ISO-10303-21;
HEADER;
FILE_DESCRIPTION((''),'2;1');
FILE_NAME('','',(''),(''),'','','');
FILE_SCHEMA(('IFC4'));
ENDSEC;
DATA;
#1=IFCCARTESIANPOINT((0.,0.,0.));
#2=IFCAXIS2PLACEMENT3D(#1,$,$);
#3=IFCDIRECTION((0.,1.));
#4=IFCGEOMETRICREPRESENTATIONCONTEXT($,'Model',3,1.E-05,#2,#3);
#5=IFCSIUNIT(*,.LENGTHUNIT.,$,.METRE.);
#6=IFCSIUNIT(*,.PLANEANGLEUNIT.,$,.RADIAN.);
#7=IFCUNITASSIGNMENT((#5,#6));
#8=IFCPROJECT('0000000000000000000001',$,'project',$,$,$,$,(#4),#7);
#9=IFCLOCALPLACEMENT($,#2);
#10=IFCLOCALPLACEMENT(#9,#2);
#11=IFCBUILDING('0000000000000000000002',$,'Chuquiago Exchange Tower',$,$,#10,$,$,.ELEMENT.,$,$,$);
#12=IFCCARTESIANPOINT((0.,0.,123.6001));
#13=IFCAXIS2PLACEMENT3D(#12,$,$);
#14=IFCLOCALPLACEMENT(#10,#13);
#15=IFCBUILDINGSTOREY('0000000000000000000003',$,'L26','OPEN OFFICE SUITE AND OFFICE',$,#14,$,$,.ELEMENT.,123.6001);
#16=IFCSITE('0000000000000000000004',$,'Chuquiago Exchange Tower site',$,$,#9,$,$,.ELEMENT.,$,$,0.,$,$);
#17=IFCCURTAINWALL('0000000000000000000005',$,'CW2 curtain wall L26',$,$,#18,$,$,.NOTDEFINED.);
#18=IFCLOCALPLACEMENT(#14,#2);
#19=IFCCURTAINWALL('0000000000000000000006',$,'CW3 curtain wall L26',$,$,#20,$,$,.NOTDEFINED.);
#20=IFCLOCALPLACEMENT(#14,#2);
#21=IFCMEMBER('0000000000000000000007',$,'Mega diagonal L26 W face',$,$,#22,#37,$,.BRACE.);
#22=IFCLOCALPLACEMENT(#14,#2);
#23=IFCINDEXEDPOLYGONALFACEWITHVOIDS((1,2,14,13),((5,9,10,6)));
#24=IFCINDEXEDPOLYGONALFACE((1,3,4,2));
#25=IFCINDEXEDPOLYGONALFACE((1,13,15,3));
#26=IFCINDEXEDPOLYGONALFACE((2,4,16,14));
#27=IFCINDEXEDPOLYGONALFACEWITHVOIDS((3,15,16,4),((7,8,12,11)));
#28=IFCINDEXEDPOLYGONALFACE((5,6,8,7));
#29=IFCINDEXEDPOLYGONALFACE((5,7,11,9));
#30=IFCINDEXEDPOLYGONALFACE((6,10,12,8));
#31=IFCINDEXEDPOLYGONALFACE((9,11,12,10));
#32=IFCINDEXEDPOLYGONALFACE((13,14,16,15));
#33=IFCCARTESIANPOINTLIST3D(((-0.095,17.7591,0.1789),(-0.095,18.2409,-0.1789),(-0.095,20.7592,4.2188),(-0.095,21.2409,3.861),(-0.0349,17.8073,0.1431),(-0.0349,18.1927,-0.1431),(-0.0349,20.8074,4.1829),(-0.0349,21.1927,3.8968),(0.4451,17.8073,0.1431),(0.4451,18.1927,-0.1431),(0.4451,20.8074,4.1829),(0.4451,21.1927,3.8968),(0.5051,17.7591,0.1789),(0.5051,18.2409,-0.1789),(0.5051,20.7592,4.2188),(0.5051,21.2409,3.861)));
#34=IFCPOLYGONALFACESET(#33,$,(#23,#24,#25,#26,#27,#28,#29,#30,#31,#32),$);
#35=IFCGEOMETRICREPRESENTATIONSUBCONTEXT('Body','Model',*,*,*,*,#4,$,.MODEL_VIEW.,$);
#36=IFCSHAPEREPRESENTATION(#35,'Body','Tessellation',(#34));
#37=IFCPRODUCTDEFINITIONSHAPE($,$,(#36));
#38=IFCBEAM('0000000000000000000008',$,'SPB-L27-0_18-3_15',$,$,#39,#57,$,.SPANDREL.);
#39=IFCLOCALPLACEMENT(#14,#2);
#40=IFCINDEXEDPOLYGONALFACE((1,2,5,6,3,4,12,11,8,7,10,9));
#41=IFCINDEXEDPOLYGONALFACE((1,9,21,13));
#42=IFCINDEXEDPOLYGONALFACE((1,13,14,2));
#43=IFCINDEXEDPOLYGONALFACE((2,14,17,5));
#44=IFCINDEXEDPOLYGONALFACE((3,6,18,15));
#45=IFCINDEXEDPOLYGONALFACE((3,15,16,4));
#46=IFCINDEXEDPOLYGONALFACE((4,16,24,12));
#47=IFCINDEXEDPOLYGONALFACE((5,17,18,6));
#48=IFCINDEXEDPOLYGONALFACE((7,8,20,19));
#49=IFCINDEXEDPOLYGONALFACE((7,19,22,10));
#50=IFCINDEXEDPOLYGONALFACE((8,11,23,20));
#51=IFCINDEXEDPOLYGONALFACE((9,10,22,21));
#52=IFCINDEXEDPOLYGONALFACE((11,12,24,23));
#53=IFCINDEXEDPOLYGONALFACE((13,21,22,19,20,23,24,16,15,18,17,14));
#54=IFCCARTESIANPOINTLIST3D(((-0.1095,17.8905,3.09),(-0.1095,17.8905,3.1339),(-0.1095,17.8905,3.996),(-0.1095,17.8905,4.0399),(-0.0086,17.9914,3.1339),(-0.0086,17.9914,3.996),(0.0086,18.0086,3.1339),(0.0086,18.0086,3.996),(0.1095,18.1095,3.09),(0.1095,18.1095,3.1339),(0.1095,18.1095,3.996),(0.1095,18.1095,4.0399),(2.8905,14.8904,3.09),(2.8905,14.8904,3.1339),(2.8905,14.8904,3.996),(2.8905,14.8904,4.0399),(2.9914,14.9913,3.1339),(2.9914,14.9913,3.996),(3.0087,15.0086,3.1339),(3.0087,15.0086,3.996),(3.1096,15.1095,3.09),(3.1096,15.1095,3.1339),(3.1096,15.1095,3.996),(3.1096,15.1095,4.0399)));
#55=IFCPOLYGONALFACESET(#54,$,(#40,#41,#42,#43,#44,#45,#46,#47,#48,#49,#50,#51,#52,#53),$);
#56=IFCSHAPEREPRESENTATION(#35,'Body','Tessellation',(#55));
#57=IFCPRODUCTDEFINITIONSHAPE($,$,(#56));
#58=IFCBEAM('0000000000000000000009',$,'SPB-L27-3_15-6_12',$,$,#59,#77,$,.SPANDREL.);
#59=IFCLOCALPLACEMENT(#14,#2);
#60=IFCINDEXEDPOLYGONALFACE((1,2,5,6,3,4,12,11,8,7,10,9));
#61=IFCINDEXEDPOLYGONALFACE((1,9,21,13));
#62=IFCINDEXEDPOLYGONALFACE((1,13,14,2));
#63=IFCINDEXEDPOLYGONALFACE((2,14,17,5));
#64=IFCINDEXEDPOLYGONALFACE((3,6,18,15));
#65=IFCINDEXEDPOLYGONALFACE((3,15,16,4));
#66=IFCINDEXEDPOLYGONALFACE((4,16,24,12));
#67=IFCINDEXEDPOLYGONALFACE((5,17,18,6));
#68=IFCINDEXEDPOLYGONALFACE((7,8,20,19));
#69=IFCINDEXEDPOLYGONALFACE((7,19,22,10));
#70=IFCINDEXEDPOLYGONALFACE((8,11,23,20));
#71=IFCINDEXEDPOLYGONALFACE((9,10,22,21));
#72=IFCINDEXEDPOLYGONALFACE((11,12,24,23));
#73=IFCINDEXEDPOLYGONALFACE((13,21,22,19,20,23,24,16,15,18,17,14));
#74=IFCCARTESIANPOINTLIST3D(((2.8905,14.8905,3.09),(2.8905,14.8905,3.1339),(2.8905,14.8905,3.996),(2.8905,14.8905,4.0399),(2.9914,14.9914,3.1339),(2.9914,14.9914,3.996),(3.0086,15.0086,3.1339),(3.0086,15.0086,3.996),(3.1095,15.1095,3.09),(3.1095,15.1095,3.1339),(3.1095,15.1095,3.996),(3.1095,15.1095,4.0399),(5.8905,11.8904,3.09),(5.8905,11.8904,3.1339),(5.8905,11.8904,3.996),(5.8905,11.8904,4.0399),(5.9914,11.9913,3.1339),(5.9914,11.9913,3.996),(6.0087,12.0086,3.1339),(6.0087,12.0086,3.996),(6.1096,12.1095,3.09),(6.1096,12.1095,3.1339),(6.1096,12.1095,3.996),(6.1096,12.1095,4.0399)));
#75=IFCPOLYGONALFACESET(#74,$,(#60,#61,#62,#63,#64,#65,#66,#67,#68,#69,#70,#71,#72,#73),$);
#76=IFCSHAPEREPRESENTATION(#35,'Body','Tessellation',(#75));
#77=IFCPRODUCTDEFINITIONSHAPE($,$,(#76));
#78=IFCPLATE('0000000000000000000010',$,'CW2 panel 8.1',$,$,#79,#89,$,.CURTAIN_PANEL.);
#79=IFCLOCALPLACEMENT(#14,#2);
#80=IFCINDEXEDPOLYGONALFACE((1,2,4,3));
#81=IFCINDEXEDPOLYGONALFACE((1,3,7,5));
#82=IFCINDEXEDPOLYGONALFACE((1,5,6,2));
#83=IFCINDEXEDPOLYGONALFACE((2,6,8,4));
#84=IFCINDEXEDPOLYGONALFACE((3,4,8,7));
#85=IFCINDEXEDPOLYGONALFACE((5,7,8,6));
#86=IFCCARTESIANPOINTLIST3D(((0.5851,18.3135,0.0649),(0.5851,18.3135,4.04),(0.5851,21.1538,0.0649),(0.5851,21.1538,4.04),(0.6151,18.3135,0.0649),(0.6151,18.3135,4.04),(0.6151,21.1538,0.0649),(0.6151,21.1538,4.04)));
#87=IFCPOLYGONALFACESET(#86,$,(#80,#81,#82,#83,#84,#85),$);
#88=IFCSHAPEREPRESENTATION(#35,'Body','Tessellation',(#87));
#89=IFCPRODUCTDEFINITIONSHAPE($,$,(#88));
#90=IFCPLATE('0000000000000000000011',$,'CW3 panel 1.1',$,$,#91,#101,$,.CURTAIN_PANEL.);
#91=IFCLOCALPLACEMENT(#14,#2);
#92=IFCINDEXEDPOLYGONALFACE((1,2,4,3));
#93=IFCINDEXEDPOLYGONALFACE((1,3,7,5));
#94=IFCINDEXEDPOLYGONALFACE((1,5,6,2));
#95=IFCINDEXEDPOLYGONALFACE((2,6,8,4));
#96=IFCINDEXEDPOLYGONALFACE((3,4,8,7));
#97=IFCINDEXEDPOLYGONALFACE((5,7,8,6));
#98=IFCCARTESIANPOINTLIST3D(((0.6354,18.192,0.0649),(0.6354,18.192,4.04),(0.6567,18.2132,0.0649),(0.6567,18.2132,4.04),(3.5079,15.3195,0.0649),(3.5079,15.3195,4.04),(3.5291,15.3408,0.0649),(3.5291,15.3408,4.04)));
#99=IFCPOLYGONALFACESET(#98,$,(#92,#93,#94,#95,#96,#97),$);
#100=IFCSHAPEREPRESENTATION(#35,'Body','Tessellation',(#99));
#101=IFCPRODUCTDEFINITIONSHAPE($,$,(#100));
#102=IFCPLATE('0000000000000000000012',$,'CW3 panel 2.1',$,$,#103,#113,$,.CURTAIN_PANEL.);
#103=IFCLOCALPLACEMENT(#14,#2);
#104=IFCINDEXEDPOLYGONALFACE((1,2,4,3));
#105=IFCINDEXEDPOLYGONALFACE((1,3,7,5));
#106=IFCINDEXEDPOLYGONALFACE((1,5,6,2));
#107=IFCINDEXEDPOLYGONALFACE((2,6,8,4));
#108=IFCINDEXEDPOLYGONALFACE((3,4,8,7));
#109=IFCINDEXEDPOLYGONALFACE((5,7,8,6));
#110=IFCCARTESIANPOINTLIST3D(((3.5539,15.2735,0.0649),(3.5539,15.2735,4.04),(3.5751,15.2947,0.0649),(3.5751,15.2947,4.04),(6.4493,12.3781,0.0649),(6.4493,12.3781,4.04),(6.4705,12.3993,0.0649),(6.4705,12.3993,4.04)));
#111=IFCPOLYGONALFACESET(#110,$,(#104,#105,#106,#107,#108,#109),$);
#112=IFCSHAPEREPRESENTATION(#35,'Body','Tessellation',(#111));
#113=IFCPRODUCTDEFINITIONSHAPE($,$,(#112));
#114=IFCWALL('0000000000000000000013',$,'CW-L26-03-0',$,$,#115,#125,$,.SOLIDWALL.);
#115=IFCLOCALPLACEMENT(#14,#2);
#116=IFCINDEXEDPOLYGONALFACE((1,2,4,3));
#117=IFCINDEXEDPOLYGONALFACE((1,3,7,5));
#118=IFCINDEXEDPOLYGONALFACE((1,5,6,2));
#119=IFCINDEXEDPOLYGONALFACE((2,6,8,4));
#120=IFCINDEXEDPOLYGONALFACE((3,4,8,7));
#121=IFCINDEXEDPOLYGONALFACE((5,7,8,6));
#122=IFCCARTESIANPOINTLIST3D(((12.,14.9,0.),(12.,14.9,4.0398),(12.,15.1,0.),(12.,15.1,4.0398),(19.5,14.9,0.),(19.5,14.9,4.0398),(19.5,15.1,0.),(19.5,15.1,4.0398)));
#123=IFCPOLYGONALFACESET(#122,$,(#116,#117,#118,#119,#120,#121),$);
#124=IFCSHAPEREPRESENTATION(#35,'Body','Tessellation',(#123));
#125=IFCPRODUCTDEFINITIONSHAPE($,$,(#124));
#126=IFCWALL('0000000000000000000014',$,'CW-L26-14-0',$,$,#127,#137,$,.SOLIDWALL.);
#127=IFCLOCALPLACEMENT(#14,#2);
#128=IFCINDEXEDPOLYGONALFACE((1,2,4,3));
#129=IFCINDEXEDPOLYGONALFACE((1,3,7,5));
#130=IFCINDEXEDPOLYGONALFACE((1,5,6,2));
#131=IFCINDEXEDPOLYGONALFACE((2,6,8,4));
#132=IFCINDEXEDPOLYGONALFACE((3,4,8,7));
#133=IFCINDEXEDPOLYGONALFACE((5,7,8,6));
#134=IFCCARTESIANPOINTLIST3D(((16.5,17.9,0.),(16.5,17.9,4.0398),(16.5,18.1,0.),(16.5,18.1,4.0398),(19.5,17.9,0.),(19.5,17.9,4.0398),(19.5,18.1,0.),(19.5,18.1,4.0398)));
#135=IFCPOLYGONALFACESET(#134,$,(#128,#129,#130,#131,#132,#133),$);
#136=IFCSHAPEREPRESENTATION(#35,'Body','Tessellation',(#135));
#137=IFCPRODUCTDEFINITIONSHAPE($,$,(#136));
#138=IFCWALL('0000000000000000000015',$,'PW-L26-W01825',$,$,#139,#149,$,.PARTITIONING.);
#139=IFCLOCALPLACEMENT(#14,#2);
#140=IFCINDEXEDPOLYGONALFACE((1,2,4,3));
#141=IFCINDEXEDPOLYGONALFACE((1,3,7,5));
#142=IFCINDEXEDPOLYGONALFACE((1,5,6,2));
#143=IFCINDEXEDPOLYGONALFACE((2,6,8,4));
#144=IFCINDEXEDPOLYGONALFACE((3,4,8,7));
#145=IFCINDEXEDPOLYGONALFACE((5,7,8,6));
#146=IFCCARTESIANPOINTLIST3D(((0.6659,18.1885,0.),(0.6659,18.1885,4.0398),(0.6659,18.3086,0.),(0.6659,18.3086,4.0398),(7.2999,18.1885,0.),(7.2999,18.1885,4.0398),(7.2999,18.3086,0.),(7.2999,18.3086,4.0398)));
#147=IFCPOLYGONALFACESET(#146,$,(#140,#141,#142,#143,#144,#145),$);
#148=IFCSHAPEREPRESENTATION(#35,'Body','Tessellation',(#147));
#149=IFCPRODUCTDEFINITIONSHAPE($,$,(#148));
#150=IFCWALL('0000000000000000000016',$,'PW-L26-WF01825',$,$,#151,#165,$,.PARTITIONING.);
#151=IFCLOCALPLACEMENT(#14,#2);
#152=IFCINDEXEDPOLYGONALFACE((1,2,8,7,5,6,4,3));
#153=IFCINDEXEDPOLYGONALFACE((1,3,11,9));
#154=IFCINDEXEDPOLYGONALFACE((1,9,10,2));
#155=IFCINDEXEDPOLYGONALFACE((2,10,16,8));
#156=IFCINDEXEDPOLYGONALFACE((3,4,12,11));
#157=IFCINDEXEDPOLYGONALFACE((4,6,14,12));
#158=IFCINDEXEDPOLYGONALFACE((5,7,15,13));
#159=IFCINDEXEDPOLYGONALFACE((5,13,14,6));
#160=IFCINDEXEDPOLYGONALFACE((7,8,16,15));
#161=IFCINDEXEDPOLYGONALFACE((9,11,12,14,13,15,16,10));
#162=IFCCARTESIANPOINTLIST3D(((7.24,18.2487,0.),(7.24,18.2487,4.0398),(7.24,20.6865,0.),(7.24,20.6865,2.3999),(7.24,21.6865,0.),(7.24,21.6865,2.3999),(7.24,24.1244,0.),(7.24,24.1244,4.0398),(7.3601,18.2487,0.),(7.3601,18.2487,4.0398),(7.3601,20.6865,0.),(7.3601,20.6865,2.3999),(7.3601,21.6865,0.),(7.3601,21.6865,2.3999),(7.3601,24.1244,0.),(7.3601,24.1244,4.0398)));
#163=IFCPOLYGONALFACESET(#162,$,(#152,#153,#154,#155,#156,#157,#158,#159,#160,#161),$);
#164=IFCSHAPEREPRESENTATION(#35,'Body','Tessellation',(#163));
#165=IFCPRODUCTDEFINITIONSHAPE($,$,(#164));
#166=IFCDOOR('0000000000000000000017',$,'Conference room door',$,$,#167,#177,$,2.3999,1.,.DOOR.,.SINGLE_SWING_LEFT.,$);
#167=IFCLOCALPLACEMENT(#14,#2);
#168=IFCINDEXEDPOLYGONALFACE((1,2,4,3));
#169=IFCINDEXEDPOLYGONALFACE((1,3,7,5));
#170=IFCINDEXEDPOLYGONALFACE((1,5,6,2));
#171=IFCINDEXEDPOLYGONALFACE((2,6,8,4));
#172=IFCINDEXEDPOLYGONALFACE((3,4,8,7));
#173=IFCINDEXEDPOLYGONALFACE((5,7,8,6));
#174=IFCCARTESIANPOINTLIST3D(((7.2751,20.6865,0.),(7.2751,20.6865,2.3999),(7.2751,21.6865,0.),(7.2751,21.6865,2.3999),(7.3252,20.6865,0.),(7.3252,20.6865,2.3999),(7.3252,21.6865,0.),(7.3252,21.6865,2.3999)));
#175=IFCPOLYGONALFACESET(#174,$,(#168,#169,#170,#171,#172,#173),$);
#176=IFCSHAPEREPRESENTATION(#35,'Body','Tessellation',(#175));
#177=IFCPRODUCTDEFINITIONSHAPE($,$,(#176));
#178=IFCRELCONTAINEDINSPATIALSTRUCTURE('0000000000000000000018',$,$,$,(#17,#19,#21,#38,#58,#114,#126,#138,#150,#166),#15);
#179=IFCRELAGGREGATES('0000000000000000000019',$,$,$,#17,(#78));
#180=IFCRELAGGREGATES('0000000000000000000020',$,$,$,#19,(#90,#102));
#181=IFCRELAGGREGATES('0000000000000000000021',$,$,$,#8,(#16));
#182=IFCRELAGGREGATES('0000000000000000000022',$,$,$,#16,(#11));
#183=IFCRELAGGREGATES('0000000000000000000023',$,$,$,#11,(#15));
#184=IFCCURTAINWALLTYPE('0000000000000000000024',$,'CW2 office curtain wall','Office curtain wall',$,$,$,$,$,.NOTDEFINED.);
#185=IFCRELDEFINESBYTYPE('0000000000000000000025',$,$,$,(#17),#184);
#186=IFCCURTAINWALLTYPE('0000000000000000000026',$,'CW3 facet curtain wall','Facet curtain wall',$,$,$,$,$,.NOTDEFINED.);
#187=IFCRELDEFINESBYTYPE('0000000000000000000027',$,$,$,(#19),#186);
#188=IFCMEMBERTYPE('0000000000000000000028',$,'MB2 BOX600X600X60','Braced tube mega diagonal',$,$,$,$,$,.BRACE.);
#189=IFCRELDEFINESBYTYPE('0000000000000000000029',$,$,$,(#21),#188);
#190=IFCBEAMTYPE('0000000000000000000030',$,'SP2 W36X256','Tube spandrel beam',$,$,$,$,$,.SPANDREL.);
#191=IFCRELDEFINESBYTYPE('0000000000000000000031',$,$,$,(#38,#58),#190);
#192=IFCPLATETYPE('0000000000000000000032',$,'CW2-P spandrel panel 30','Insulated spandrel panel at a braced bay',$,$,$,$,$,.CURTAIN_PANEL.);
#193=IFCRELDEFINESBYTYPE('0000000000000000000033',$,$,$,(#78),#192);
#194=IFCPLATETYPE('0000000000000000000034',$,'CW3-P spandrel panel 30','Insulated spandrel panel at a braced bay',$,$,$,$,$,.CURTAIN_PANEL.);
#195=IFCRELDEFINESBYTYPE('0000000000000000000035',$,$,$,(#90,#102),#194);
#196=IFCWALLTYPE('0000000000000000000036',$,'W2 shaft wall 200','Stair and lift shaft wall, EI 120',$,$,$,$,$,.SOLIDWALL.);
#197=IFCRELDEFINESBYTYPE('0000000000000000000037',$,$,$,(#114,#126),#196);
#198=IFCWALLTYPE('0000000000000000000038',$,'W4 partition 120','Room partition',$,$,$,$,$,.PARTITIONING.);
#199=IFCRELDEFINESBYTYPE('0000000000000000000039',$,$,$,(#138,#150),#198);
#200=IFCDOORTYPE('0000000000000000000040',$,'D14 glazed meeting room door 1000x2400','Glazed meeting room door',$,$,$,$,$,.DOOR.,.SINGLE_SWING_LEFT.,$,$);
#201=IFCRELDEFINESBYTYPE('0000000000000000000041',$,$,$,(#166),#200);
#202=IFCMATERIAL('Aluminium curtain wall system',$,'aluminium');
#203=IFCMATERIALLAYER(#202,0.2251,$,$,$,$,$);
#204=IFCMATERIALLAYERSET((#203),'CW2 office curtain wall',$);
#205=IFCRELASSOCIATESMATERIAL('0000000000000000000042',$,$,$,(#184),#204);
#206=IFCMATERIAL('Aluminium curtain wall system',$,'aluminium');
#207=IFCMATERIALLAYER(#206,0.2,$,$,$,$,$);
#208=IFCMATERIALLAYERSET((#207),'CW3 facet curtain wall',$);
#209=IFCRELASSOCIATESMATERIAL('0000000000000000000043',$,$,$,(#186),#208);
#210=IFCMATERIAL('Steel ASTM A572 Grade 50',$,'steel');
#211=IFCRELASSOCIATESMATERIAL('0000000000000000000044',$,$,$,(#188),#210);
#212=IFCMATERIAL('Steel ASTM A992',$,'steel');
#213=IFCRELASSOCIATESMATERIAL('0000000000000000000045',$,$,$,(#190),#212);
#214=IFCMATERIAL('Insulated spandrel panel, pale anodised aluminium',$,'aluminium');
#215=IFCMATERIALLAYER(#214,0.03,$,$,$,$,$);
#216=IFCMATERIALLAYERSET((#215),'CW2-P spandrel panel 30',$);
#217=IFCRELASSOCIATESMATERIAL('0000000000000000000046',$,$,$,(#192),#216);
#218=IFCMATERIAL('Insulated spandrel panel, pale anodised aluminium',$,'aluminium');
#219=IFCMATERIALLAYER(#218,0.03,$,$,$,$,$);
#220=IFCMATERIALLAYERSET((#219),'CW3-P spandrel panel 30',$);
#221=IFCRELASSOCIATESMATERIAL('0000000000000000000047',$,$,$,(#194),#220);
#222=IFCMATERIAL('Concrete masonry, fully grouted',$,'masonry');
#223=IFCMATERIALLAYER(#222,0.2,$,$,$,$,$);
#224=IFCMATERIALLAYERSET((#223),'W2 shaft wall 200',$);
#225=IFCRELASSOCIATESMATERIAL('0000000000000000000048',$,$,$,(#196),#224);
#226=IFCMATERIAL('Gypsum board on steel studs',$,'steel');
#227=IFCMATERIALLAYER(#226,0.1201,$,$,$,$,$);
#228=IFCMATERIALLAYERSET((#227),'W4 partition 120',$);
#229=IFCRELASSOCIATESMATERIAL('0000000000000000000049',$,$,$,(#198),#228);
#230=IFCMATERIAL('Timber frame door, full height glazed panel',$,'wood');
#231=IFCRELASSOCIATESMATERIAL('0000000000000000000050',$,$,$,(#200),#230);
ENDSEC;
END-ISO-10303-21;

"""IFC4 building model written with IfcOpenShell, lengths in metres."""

from ifc_helpers import new_model, si_unit, direction, frame, frame_2d, origin, origin_2d, place, context, subcontext, project, spatial, rectangle, hollow_rectangle, i_section, extrude, material, layer, layer_set, material_profile, profile_set, type_object, element, fill, aggregate, save


model = new_model("IFC4")

# Units and contexts
model_context = context("Model", 3, precision=1e-05, world=origin(), true_north=direction((0.0, 1.0)))
body_context = subcontext(model_context, "Body", "Model", "MODEL_VIEW")
ifc_project = project(units=[si_unit("LENGTHUNIT", "METRE"), si_unit("PLANEANGLEUNIT", "RADIAN")], contexts=[model_context])

# Site, building, storey
site_placement = place(None, origin())
site = spatial("IfcSite", under=ifc_project, at=site_placement, Name="Chuquiago Exchange Tower site", CompositionType="ELEMENT", RefElevation=0.0)
building_placement = place(site_placement, origin())
building = spatial("IfcBuilding", under=site, at=building_placement, Name="Chuquiago Exchange Tower", CompositionType="ELEMENT")
storey_placement = place(building_placement, frame((0.0, 0.0, 123.6001)))
storey = spatial("IfcBuildingStorey", under=building, at=storey_placement, Name="L26", Description="OPEN OFFICE SUITE AND OFFICE", CompositionType="ELEMENT", Elevation=123.6001)

# Curtain wall
ifc_material_1 = material(Name="Aluminium curtain wall system", Category="aluminium")
ifc_layer_1 = layer(ifc_material_1, 0.2251)
ifc_layer_set_1 = layer_set([ifc_layer_1], Name="CW2 office curtain wall")
curtain_wall_type_1 = type_object("IfcCurtainWallType", Name="CW2 office curtain wall", Description="Office curtain wall", PredefinedType="NOTDEFINED", material=ifc_layer_set_1)
curtain_wall_1_placement = place(storey_placement, origin())
curtain_wall_1 = element("IfcCurtainWall", 1, at=curtain_wall_1_placement, inside=storey, type_object=curtain_wall_type_1, Name="CW2 curtain wall L26", PredefinedType="NOTDEFINED")

# Curtain wall
ifc_material_2 = material(Name="Aluminium curtain wall system", Category="aluminium")
ifc_layer_2 = layer(ifc_material_2, 0.2)
ifc_layer_set_2 = layer_set([ifc_layer_2], Name="CW3 facet curtain wall")
curtain_wall_type_2 = type_object("IfcCurtainWallType", Name="CW3 facet curtain wall", Description="Facet curtain wall", PredefinedType="NOTDEFINED", material=ifc_layer_set_2)
curtain_wall_2_placement = place(storey_placement, origin())
curtain_wall_2 = element("IfcCurtainWall", 2, at=curtain_wall_2_placement, inside=storey, type_object=curtain_wall_type_2, Name="CW3 curtain wall L26", PredefinedType="NOTDEFINED")

# Member
ifc_material_3 = material(Name="Steel ASTM A572 Grade 50", Category="steel")
ifc_material_profile_1 = material_profile(ifc_material_3, hollow_rectangle(XDim=0.6001, YDim=0.6001, WallThickness=0.0601, at=origin_2d()), Name="BOX600X600X60")
ifc_profile_set_1 = profile_set([ifc_material_profile_1], Name="Steel ASTM A572 Grade 50")
member_type_1 = type_object("IfcMemberType", Name="MB2 BOX600X600X60", Description="Braced tube mega diagonal", PredefinedType="BRACE", material=ifc_profile_set_1)
member_1_placement = place(storey_placement, frame((0.2051, 18.0, 0.0), z_axis=(0.0, 0.596197, 0.802838), x_axis=(-1.0, 0.0, 0.0)))
element("IfcMember", 3, at=member_1_placement, inside=storey, type_object=member_type_1, Name="Mega diagonal L26 W face", PredefinedType="BRACE", context=body_context, shape_type="SweptSolid", body=[
    extrude(hollow_rectangle(XDim=0.6001, YDim=0.6001, WallThickness=0.0601, at=origin_2d()), origin(), (0.0, 0.0, 1.0), 5.032),
])

# Beams
ifc_material_4 = material(Name="Steel ASTM A992", Category="steel")
ifc_material_profile_2 = material_profile(ifc_material_4, i_section(OverallWidth=0.3098, OverallDepth=0.95, WebThickness=0.0244, FlangeThickness=0.0439, at=origin_2d()), Name="W36X256")
ifc_profile_set_2 = profile_set([ifc_material_profile_2], Name="Steel ASTM A992")
beam_type_1 = type_object("IfcBeamType", Name="SP2 W36X256", Description="Tube spandrel beam", PredefinedType="SPANDREL", material=ifc_profile_set_2)
for number, where, z_axis, x_axis, name in (
    (4, (0.0, 18.0, 3.5649), (0.707107, -0.707107, 0.0), (0.707107, 0.707107, 0.0), "SPB-L27-0_18-3_15"),
    (5, (3.0, 15.0, 3.5649), (0.707107, -0.707107, 0.0), (0.707107, 0.707107, 0.0), "SPB-L27-3_15-6_12"),
):
    element("IfcBeam", number, at=place(storey_placement, frame(where, z_axis=z_axis, x_axis=x_axis)), inside=storey, type_object=beam_type_1, Name=name, PredefinedType="SPANDREL", context=body_context, shape_type="SweptSolid", body=[
        extrude(i_section(OverallWidth=0.3098, OverallDepth=0.95, WebThickness=0.0244, FlangeThickness=0.0439, at=origin_2d()), origin(), (0.0, 0.0, 1.0), 4.2427),
    ])

# Plates
ifc_material_5 = material(Name="Insulated spandrel panel, pale anodised aluminium", Category="aluminium")
ifc_layer_3 = layer(ifc_material_5, 0.03)
ifc_layer_set_3 = layer_set([ifc_layer_3], Name="CW2-P spandrel panel 30")
plate_type_1 = type_object("IfcPlateType", Name="CW2-P spandrel panel 30", Description="Insulated spandrel panel at a braced bay", PredefinedType="CURTAIN_PANEL", material=ifc_layer_set_3)
plate_1_placement = place(storey_placement, frame((0.6001, 19.7336, 0.0649), z_axis=(0.0, 0.0, 1.0), x_axis=(0.0, -1.0, 0.0)))
plate_1 = element("IfcPlate", 6, at=plate_1_placement, type_object=plate_type_1, Name="CW2 panel 8.1", PredefinedType="CURTAIN_PANEL", context=body_context, shape_type="SweptSolid", body=[
    extrude(rectangle(XDim=2.8403, YDim=0.03, at=origin_2d()), origin(), (0.0, 0.0, 1.0), 3.9751),
])
aggregate(curtain_wall_1, [plate_1])
ifc_material_6 = material(Name="Insulated spandrel panel, pale anodised aluminium", Category="aluminium")
ifc_layer_4 = layer(ifc_material_6, 0.03)
ifc_layer_set_4 = layer_set([ifc_layer_4], Name="CW3-P spandrel panel 30")
plate_type_2 = type_object("IfcPlateType", Name="CW3-P spandrel panel 30", Description="Insulated spandrel panel at a braced bay", PredefinedType="CURTAIN_PANEL", material=ifc_layer_set_4)
plate_2_placement = place(storey_placement, frame((2.0823, 16.7664, 0.0649), z_axis=(0.0, 0.0, 1.0), x_axis=(0.707107, -0.707107, 0.0)))
plate_2 = element("IfcPlate", 7, at=plate_2_placement, type_object=plate_type_2, Name="CW3 panel 1.1", PredefinedType="CURTAIN_PANEL", context=body_context, shape_type="SweptSolid", body=[
    extrude(rectangle(XDim=4.0623, YDim=0.03, at=origin_2d()), origin(), (0.0, 0.0, 1.0), 3.9751),
])
plate_3_placement = place(storey_placement, frame((5.0122, 13.8364, 0.0649), z_axis=(0.0, 0.0, 1.0), x_axis=(0.707107, -0.707107, 0.0)))
plate_3 = element("IfcPlate", 8, at=plate_3_placement, type_object=plate_type_2, Name="CW3 panel 2.1", PredefinedType="CURTAIN_PANEL", context=body_context, shape_type="SweptSolid", body=[
    extrude(rectangle(XDim=4.0947, YDim=0.03, at=origin_2d()), origin(), (0.0, 0.0, 1.0), 3.9751),
])
aggregate(curtain_wall_2, [plate_2, plate_3])

# Walls
ifc_material_7 = material(Name="Concrete masonry, fully grouted", Category="masonry")
ifc_layer_5 = layer(ifc_material_7, 0.2)
ifc_layer_set_5 = layer_set([ifc_layer_5], Name="W2 shaft wall 200")
wall_type_1 = type_object("IfcWallType", Name="W2 shaft wall 200", Description="Stair and lift shaft wall, EI 120", PredefinedType="SOLIDWALL", material=ifc_layer_set_5)
wall_1_placement = place(storey_placement, frame((12.0, 15.0, 0.0), z_axis=(0.0, 0.0, 1.0), x_axis=(1.0, 0.0, 0.0)))
element("IfcWall", 9, at=wall_1_placement, inside=storey, type_object=wall_type_1, Name="CW-L26-03-0", PredefinedType="SOLIDWALL", context=body_context, shape_type="SweptSolid", body=[
    extrude(rectangle(XDim=7.5, YDim=0.2, at=frame_2d((3.75, 0.0))), origin(), (0.0, 0.0, 1.0), 4.0398),
])
wall_2_placement = place(storey_placement, frame((16.5, 18.0, 0.0), z_axis=(0.0, 0.0, 1.0), x_axis=(1.0, 0.0, 0.0)))
element("IfcWall", 10, at=wall_2_placement, inside=storey, type_object=wall_type_1, Name="CW-L26-14-0", PredefinedType="SOLIDWALL", context=body_context, shape_type="SweptSolid", body=[
    extrude(rectangle(XDim=3.0, YDim=0.2, at=frame_2d((1.5, 0.0))), origin(), (0.0, 0.0, 1.0), 4.0398),
])
ifc_material_8 = material(Name="Gypsum board on steel studs", Category="steel")
ifc_layer_6 = layer(ifc_material_8, 0.1201)
ifc_layer_set_6 = layer_set([ifc_layer_6], Name="W4 partition 120")
wall_type_2 = type_object("IfcWallType", Name="W4 partition 120", Description="Room partition", PredefinedType="PARTITIONING", material=ifc_layer_set_6)
wall_3_placement = place(storey_placement, frame((0.666, 18.2485, 0.0), z_axis=(0.0, 0.0, 1.0), x_axis=(1.0, 0.0, 0.0)))
element("IfcWall", 11, at=wall_3_placement, inside=storey, type_object=wall_type_2, Name="PW-L26-W01825", PredefinedType="PARTITIONING", context=body_context, shape_type="SweptSolid", body=[
    extrude(rectangle(XDim=6.634, YDim=0.1201, at=frame_2d((3.3169, 0.0))), origin(), (0.0, 0.0, 1.0), 4.0398),
])

# Wall, opening, door
wall_4_placement = place(storey_placement, frame((7.3, 18.2485, 0.0), z_axis=(0.0, 0.0, 1.0), x_axis=(0.0, 1.0, 0.0)))
wall_4 = element("IfcWall", 12, at=wall_4_placement, inside=storey, type_object=wall_type_2, Name="PW-L26-WF01825", PredefinedType="PARTITIONING", context=body_context, shape_type="SweptSolid", body=[
    extrude(rectangle(XDim=5.8757, YDim=0.1201, at=frame_2d((2.938, 0.0))), origin(), (0.0, 0.0, 1.0), 4.0398),
])
opening_placement = place(wall_4_placement, frame((2.438, 0.0, 0.0)))
opening = element("IfcOpeningElement", 13, at=opening_placement, cuts=wall_4, PredefinedType="OPENING", context=body_context, shape_type="SweptSolid", body=[
    extrude(rectangle(XDim=1.0, YDim=2.3999, at=frame_2d((0.5, 1.2))), frame((0.0, 0.0701, 0.0), z_axis=(0.0, -1.0, 0.0), x_axis=(1.0, 0.0, 0.0)), (0.0, 0.0, 1.0), 0.1401),
])
ifc_material_9 = material(Name="Timber frame door, full height glazed panel", Category="wood")
door_type = type_object("IfcDoorType", Name="D14 glazed meeting room door 1000x2400", Description="Glazed meeting room door", OperationType="SINGLE_SWING_LEFT", PredefinedType="DOOR", material=ifc_material_9)
door_placement = place(opening_placement, origin())
door = element("IfcDoor", 14, at=door_placement, inside=storey, type_object=door_type, Name="Conference room door", OperationType="SINGLE_SWING_LEFT", OverallHeight=2.3999, OverallWidth=1.0, PredefinedType="DOOR", context=body_context, shape_type="SweptSolid", body=[
    extrude(rectangle(XDim=1.0, YDim=2.3999, at=frame_2d((0.5, 1.2))), frame((0.0, 0.0249, 0.0), z_axis=(0.0, -1.0, 0.0), x_axis=(1.0, 0.0, 0.0)), (0.0, 0.0, 1.0), 0.05),
])
fill(opening, door)

save(model, "model.ifc")
